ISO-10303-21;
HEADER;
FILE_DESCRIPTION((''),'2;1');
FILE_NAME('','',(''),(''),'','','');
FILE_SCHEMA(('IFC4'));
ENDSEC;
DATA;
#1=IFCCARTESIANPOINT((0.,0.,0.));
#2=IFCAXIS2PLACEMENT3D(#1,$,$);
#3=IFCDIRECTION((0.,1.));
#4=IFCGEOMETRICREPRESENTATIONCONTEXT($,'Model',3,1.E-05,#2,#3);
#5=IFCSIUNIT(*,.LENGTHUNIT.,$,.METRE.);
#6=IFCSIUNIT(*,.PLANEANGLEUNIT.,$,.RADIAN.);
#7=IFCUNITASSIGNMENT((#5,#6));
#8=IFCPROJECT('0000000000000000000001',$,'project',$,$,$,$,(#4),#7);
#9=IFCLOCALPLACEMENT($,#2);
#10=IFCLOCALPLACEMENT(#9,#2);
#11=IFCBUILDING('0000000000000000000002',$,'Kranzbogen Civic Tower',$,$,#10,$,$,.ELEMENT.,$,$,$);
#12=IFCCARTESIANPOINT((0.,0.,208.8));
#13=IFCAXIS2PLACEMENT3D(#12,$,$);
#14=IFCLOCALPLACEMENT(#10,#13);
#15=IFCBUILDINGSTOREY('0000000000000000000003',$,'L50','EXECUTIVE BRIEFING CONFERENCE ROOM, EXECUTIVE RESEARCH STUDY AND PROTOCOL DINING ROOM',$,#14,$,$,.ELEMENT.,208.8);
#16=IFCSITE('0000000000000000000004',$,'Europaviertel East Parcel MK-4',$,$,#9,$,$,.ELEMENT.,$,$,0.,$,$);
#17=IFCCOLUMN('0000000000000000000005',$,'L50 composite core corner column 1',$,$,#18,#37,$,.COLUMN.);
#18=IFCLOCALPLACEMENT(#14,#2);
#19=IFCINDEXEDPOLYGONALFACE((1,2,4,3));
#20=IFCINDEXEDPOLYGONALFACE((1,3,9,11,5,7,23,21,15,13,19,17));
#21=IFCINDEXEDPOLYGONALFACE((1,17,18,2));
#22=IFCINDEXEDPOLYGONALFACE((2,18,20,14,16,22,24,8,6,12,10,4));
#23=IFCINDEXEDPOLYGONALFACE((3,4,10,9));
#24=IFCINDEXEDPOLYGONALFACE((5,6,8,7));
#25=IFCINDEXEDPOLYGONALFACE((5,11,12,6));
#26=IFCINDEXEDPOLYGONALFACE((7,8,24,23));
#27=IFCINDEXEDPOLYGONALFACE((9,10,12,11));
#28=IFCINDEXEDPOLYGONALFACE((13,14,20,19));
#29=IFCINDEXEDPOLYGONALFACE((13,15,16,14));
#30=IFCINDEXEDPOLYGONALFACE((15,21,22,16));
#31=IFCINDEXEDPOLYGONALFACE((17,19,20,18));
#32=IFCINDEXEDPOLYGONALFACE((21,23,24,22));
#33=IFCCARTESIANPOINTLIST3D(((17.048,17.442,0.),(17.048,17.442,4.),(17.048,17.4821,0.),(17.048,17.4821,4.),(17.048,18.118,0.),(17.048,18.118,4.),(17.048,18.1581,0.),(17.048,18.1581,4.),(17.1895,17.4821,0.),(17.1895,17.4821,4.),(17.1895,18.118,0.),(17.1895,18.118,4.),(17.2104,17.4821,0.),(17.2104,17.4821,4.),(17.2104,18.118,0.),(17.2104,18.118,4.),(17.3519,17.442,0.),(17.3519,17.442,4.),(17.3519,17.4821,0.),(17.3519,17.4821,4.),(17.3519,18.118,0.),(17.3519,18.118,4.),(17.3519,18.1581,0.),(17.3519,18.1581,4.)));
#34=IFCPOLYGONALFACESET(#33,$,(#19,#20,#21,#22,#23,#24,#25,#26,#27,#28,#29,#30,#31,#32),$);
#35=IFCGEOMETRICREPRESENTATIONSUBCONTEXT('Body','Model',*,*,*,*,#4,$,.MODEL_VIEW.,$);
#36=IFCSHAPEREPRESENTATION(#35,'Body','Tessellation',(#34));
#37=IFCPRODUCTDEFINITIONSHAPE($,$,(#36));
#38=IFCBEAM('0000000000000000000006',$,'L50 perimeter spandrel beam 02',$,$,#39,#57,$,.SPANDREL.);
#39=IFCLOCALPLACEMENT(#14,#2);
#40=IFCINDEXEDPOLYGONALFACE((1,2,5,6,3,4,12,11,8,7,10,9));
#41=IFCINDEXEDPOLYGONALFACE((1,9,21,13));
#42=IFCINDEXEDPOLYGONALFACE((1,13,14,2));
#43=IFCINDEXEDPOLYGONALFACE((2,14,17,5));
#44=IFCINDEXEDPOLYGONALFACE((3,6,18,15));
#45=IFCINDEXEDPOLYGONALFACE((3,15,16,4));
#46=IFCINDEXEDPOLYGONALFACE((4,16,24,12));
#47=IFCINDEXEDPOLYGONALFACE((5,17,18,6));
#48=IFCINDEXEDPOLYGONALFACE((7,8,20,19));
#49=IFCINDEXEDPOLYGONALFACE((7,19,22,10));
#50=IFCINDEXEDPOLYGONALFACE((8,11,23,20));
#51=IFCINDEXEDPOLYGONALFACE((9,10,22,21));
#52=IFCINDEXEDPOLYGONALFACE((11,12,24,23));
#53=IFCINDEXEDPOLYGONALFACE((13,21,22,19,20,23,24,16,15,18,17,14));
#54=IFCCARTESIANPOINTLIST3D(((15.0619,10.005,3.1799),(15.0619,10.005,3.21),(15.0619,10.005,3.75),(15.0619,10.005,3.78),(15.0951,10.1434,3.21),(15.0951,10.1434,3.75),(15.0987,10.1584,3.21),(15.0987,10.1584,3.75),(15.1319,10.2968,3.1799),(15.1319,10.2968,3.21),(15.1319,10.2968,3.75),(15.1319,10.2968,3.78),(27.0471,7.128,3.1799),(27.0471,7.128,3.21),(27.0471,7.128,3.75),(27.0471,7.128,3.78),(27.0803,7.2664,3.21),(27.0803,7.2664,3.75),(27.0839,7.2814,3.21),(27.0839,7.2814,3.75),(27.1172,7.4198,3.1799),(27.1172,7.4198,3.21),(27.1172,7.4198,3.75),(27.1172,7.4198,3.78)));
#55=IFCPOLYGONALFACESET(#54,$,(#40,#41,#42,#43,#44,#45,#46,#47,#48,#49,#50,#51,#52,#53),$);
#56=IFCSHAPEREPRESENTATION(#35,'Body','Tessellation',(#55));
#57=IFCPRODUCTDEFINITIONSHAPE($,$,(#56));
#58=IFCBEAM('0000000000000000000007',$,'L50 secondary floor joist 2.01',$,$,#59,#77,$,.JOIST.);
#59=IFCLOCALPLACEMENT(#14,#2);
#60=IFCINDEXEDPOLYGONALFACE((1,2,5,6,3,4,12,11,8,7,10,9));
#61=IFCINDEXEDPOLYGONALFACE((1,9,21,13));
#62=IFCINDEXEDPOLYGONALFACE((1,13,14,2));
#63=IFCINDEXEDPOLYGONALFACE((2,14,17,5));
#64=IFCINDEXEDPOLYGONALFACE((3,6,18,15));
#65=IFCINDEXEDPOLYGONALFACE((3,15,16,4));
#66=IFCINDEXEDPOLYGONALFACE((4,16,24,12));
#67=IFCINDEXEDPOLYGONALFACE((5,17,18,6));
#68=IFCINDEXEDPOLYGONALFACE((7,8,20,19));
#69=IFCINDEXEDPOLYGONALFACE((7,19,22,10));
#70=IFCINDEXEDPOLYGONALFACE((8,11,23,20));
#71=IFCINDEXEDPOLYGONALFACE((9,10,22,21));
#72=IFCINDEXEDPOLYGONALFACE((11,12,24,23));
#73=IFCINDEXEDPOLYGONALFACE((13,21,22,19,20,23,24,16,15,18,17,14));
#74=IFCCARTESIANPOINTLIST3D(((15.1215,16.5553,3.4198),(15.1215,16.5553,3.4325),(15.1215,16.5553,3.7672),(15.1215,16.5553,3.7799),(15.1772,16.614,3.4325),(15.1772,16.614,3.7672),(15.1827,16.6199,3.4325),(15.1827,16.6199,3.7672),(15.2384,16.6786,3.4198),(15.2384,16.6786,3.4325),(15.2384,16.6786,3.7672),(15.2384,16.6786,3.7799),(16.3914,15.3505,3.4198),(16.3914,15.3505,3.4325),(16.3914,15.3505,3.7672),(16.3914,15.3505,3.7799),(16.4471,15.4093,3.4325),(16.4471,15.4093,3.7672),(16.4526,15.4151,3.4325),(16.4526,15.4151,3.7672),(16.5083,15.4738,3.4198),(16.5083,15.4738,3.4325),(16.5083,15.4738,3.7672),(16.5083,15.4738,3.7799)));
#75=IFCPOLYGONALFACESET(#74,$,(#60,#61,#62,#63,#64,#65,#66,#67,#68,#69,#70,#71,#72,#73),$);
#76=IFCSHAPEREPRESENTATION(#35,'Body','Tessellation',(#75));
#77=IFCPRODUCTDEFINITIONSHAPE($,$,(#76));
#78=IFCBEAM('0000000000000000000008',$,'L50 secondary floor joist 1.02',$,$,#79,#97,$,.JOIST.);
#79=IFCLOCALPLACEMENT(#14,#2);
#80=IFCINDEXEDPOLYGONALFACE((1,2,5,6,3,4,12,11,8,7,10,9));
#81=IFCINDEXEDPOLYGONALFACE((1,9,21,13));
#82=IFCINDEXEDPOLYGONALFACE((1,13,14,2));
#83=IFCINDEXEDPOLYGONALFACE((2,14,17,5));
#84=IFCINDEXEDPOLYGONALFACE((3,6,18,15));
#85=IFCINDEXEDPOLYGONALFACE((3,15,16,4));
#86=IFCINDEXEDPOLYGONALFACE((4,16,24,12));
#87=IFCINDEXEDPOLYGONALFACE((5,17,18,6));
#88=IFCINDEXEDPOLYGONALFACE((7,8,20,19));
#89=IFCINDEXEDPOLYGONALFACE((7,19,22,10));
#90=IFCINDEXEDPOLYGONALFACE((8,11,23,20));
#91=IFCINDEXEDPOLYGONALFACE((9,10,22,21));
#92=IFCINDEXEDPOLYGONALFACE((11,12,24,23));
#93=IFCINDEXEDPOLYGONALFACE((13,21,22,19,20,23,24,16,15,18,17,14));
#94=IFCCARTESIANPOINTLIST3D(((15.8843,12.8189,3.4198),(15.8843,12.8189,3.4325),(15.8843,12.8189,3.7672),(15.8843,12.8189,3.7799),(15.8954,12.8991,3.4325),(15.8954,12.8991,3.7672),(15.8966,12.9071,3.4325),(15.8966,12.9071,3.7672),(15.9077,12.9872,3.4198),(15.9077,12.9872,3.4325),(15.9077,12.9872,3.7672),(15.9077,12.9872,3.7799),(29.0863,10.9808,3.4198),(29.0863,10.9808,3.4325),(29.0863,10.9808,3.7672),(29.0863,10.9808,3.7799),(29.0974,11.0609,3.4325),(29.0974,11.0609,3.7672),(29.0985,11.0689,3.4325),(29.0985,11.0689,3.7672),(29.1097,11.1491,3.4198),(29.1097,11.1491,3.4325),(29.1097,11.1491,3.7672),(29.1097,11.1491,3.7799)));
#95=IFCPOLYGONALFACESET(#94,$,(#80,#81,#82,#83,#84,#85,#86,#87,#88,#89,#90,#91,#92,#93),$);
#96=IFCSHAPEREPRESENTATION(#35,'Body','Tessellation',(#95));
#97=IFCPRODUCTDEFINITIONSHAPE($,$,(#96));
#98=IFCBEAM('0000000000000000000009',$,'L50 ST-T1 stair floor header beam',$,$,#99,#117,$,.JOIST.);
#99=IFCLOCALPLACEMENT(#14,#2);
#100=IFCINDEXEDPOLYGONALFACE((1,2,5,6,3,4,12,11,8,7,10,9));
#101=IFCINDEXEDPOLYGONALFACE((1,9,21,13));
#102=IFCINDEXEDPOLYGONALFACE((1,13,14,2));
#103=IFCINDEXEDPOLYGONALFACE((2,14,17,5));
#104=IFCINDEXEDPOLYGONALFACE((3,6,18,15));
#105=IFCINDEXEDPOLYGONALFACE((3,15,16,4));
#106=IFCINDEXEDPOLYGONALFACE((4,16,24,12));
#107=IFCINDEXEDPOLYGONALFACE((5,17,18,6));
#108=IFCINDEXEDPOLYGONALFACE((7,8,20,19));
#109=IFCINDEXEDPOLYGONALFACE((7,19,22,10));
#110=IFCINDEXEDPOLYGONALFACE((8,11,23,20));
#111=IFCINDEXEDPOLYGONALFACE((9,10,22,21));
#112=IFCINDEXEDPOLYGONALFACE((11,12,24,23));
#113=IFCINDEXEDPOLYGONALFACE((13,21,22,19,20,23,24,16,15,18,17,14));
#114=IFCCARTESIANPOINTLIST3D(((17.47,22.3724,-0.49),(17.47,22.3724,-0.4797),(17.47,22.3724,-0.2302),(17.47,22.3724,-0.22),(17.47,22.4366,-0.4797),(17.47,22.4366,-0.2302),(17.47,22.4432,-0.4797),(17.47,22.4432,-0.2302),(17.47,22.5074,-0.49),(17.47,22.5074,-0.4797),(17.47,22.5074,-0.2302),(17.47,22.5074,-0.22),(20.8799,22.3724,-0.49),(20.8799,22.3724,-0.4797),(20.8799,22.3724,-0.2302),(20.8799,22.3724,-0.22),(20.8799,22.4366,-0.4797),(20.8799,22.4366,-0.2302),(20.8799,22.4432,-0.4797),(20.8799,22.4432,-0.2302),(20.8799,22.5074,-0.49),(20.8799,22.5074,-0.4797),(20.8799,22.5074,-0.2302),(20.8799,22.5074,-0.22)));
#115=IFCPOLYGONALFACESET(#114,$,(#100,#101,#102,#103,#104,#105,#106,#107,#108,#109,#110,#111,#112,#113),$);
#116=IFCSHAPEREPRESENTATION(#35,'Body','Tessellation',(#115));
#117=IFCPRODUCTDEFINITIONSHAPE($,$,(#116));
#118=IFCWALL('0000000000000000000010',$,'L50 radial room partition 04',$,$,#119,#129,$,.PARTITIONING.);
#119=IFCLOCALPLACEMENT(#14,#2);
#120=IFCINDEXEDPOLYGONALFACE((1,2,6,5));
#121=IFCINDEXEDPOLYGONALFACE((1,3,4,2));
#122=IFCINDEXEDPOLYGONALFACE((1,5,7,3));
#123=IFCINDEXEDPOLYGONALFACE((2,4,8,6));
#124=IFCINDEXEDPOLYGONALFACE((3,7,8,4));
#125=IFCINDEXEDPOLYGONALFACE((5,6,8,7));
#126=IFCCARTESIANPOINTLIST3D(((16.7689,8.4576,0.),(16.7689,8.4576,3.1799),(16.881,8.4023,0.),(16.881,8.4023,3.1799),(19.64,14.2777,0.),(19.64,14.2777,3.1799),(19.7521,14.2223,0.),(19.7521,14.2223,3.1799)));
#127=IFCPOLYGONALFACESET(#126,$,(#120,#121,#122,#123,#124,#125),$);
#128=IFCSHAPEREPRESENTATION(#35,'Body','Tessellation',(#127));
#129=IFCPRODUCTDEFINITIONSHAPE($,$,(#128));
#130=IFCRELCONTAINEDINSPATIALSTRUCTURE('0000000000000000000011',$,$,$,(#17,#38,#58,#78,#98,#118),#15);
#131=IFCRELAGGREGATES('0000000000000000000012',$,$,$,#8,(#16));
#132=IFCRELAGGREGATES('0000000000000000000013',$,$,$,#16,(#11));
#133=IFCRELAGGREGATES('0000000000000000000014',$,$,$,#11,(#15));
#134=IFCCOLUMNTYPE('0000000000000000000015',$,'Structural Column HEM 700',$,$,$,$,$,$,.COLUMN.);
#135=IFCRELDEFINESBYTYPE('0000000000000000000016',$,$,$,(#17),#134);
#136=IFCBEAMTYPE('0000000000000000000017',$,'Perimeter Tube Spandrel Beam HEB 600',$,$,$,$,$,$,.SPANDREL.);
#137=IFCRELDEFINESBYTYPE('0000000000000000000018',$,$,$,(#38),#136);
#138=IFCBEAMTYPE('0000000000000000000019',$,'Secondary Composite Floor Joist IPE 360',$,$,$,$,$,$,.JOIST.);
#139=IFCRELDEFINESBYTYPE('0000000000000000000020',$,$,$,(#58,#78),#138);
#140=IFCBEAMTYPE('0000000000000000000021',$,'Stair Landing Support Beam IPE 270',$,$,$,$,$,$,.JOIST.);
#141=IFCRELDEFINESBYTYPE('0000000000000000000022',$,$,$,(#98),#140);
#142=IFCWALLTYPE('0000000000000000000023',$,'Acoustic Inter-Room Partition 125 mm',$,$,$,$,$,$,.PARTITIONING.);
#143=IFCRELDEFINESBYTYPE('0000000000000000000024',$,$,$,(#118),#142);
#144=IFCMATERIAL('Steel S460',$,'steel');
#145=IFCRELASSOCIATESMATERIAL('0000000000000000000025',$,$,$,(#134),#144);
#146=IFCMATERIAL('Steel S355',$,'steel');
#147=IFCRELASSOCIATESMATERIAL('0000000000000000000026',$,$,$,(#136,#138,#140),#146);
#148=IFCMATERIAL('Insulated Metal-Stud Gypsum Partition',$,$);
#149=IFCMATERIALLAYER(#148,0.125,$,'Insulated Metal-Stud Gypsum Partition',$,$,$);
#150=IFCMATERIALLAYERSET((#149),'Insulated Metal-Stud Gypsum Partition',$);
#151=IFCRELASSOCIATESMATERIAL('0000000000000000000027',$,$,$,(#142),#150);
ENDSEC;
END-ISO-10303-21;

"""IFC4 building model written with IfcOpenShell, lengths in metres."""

from ifc_helpers import new_model, si_unit, direction, frame, frame_2d, origin, origin_2d, place, context, subcontext, project, spatial, rectangle, i_section, extrude, material, layer, layer_set, material_profile, profile_set, type_object, element, save


model = new_model("IFC4")

# Units and contexts
model_context = context("Model", 3, precision=1e-05, world=origin(), true_north=direction((0.0, 1.0)))
body_context = subcontext(model_context, "Body", "Model", "MODEL_VIEW")
ifc_project = project(units=[si_unit("LENGTHUNIT", "METRE"), si_unit("PLANEANGLEUNIT", "RADIAN")], contexts=[model_context])

# Site, building, storey
site_placement = place(None, origin())
site = spatial("IfcSite", under=ifc_project, at=site_placement, Name="Europaviertel East Parcel MK-4", CompositionType="ELEMENT", RefElevation=0.0)
building_placement = place(site_placement, origin())
building = spatial("IfcBuilding", under=site, at=building_placement, Name="Kranzbogen Civic Tower", CompositionType="ELEMENT")
storey_placement = place(building_placement, frame((0.0, 0.0, 208.8)))
storey = spatial("IfcBuildingStorey", under=building, at=storey_placement, Name="L50", Description="EXECUTIVE BRIEFING CONFERENCE ROOM, EXECUTIVE RESEARCH STUDY AND PROTOCOL DINING ROOM", CompositionType="ELEMENT", Elevation=208.8)

# Column
ifc_material_1 = material(Name="Steel S460", Category="steel")
ifc_material_profile_1 = material_profile(ifc_material_1, i_section(OverallWidth=0.304, OverallDepth=0.7161, WebThickness=0.021, FlangeThickness=0.04, at=origin_2d()), Name="HEM 700")
ifc_profile_set_1 = profile_set([ifc_material_profile_1], Name="Steel S460")
column_type = type_object("IfcColumnType", Name="Structural Column HEM 700", PredefinedType="COLUMN", material=ifc_profile_set_1)
column_placement = place(storey_placement, frame((17.2, 17.8, 0.0), z_axis=(0.0, 0.0, 1.0), x_axis=(1.0, 0.0, 0.0)))
element("IfcColumn", 1, at=column_placement, inside=storey, type_object=column_type, Name="L50 composite core corner column 1", PredefinedType="COLUMN", context=body_context, shape_type="SweptSolid", body=[
    extrude(i_section(OverallWidth=0.304, OverallDepth=0.7161, WebThickness=0.021, FlangeThickness=0.04, at=origin_2d()), origin(), (0.0, 0.0, 1.0), 4.0),
])

# Beams
ifc_material_2 = material(Name="Steel S355", Category="steel")
ifc_material_profile_2 = material_profile(ifc_material_2, i_section(OverallWidth=0.3, OverallDepth=0.6001, WebThickness=0.0154, FlangeThickness=0.03, at=origin_2d()), Name="HEB 600")
ifc_profile_set_2 = profile_set([ifc_material_profile_2], Name="Steel S355")
beam_type_1 = type_object("IfcBeamType", Name="Perimeter Tube Spandrel Beam HEB 600", PredefinedType="SPANDREL", material=ifc_profile_set_2)
beam_1_placement = place(storey_placement, frame((15.0969, 10.1509, 3.48), z_axis=(0.972378, -0.233413, 0.0), x_axis=(0.233413, 0.972378, 0.0)))
element("IfcBeam", 2, at=beam_1_placement, inside=storey, type_object=beam_type_1, Name="L50 perimeter spandrel beam 02", PredefinedType="SPANDREL", context=body_context, shape_type="SweptSolid", body=[
    extrude(i_section(OverallWidth=0.3, OverallDepth=0.6001, WebThickness=0.0154, FlangeThickness=0.03, at=origin_2d()), origin(), (0.0, 0.0, 1.0), 12.3257),
])
ifc_material_profile_3 = material_profile(ifc_material_2, i_section(OverallWidth=0.1699, OverallDepth=0.3601, WebThickness=0.0081, FlangeThickness=0.0127, at=origin_2d()), Name="IPE 360")
ifc_profile_set_3 = profile_set([ifc_material_profile_3], Name="Steel S355")
beam_type_2 = type_object("IfcBeamType", Name="Secondary Composite Floor Joist IPE 360", PredefinedType="JOIST", material=ifc_profile_set_3)
beam_2_placement = place(storey_placement, frame((15.1799, 16.6169, 3.5999), z_axis=(0.72548, -0.688243, 0.0), x_axis=(0.688243, 0.72548, 0.0)))
element("IfcBeam", 3, at=beam_2_placement, inside=storey, type_object=beam_type_2, Name="L50 secondary floor joist 2.01", PredefinedType="JOIST", context=body_context, shape_type="SweptSolid", body=[
    extrude(i_section(OverallWidth=0.1699, OverallDepth=0.3601, WebThickness=0.0081, FlangeThickness=0.0127, at=origin_2d()), origin(), (0.0, 0.0, 1.0), 1.7505),
])
beam_3_placement = place(storey_placement, frame((15.896, 12.9031, 3.5999), z_axis=(0.990446, -0.137902, 0.0), x_axis=(0.137902, 0.990446, 0.0)))
element("IfcBeam", 4, at=beam_3_placement, inside=storey, type_object=beam_type_2, Name="L50 secondary floor joist 1.02", PredefinedType="JOIST", context=body_context, shape_type="SweptSolid", body=[
    extrude(i_section(OverallWidth=0.1699, OverallDepth=0.3601, WebThickness=0.0081, FlangeThickness=0.0127, at=origin_2d()), origin(), (0.0, 0.0, 1.0), 13.3293),
])
ifc_material_profile_4 = material_profile(ifc_material_2, i_section(OverallWidth=0.135, OverallDepth=0.27, WebThickness=0.0066, FlangeThickness=0.0103, at=origin_2d()), Name="IPE 270")
ifc_profile_set_4 = profile_set([ifc_material_profile_4], Name="Steel S355")
beam_type_3 = type_object("IfcBeamType", Name="Stair Landing Support Beam IPE 270", PredefinedType="JOIST", material=ifc_profile_set_4)
beam_4_placement = place(storey_placement, frame((20.8799, 22.4399, -0.355), z_axis=(-1.0, 0.0, 0.0), x_axis=(0.0, -1.0, 0.0)))
element("IfcBeam", 5, at=beam_4_placement, inside=storey, type_object=beam_type_3, Name="L50 ST-T1 stair floor header beam", PredefinedType="JOIST", context=body_context, shape_type="SweptSolid", body=[
    extrude(i_section(OverallWidth=0.135, OverallDepth=0.27, WebThickness=0.0066, FlangeThickness=0.0103, at=origin_2d()), origin(), (0.0, 0.0, 1.0), 3.4099),
])

# Wall
ifc_material_3 = material(Name="Insulated Metal-Stud Gypsum Partition")
ifc_layer_1 = layer(ifc_material_3, 0.125, Name="Insulated Metal-Stud Gypsum Partition")
ifc_layer_set_1 = layer_set([ifc_layer_1], Name="Insulated Metal-Stud Gypsum Partition")
wall_type_1 = type_object("IfcWallType", Name="Acoustic Inter-Room Partition 125 mm", PredefinedType="PARTITIONING", material=ifc_layer_set_1)
wall_1_placement = place(storey_placement, frame((19.696, 14.25, 0.0), z_axis=(0.0, 0.0, 1.0), x_axis=(-0.442407, -0.896814, 0.0)))
element("IfcWall", 6, at=wall_1_placement, inside=storey, type_object=wall_type_1, Name="L50 radial room partition 04", PredefinedType="PARTITIONING", context=body_context, shape_type="SweptSolid", body=[
    extrude(rectangle(XDim=6.4897, YDim=0.125, at=frame_2d((3.2449, 0.0))), origin(), (0.0, 0.0, 1.0), 3.1799),
])

save(model, "model.ifc")
